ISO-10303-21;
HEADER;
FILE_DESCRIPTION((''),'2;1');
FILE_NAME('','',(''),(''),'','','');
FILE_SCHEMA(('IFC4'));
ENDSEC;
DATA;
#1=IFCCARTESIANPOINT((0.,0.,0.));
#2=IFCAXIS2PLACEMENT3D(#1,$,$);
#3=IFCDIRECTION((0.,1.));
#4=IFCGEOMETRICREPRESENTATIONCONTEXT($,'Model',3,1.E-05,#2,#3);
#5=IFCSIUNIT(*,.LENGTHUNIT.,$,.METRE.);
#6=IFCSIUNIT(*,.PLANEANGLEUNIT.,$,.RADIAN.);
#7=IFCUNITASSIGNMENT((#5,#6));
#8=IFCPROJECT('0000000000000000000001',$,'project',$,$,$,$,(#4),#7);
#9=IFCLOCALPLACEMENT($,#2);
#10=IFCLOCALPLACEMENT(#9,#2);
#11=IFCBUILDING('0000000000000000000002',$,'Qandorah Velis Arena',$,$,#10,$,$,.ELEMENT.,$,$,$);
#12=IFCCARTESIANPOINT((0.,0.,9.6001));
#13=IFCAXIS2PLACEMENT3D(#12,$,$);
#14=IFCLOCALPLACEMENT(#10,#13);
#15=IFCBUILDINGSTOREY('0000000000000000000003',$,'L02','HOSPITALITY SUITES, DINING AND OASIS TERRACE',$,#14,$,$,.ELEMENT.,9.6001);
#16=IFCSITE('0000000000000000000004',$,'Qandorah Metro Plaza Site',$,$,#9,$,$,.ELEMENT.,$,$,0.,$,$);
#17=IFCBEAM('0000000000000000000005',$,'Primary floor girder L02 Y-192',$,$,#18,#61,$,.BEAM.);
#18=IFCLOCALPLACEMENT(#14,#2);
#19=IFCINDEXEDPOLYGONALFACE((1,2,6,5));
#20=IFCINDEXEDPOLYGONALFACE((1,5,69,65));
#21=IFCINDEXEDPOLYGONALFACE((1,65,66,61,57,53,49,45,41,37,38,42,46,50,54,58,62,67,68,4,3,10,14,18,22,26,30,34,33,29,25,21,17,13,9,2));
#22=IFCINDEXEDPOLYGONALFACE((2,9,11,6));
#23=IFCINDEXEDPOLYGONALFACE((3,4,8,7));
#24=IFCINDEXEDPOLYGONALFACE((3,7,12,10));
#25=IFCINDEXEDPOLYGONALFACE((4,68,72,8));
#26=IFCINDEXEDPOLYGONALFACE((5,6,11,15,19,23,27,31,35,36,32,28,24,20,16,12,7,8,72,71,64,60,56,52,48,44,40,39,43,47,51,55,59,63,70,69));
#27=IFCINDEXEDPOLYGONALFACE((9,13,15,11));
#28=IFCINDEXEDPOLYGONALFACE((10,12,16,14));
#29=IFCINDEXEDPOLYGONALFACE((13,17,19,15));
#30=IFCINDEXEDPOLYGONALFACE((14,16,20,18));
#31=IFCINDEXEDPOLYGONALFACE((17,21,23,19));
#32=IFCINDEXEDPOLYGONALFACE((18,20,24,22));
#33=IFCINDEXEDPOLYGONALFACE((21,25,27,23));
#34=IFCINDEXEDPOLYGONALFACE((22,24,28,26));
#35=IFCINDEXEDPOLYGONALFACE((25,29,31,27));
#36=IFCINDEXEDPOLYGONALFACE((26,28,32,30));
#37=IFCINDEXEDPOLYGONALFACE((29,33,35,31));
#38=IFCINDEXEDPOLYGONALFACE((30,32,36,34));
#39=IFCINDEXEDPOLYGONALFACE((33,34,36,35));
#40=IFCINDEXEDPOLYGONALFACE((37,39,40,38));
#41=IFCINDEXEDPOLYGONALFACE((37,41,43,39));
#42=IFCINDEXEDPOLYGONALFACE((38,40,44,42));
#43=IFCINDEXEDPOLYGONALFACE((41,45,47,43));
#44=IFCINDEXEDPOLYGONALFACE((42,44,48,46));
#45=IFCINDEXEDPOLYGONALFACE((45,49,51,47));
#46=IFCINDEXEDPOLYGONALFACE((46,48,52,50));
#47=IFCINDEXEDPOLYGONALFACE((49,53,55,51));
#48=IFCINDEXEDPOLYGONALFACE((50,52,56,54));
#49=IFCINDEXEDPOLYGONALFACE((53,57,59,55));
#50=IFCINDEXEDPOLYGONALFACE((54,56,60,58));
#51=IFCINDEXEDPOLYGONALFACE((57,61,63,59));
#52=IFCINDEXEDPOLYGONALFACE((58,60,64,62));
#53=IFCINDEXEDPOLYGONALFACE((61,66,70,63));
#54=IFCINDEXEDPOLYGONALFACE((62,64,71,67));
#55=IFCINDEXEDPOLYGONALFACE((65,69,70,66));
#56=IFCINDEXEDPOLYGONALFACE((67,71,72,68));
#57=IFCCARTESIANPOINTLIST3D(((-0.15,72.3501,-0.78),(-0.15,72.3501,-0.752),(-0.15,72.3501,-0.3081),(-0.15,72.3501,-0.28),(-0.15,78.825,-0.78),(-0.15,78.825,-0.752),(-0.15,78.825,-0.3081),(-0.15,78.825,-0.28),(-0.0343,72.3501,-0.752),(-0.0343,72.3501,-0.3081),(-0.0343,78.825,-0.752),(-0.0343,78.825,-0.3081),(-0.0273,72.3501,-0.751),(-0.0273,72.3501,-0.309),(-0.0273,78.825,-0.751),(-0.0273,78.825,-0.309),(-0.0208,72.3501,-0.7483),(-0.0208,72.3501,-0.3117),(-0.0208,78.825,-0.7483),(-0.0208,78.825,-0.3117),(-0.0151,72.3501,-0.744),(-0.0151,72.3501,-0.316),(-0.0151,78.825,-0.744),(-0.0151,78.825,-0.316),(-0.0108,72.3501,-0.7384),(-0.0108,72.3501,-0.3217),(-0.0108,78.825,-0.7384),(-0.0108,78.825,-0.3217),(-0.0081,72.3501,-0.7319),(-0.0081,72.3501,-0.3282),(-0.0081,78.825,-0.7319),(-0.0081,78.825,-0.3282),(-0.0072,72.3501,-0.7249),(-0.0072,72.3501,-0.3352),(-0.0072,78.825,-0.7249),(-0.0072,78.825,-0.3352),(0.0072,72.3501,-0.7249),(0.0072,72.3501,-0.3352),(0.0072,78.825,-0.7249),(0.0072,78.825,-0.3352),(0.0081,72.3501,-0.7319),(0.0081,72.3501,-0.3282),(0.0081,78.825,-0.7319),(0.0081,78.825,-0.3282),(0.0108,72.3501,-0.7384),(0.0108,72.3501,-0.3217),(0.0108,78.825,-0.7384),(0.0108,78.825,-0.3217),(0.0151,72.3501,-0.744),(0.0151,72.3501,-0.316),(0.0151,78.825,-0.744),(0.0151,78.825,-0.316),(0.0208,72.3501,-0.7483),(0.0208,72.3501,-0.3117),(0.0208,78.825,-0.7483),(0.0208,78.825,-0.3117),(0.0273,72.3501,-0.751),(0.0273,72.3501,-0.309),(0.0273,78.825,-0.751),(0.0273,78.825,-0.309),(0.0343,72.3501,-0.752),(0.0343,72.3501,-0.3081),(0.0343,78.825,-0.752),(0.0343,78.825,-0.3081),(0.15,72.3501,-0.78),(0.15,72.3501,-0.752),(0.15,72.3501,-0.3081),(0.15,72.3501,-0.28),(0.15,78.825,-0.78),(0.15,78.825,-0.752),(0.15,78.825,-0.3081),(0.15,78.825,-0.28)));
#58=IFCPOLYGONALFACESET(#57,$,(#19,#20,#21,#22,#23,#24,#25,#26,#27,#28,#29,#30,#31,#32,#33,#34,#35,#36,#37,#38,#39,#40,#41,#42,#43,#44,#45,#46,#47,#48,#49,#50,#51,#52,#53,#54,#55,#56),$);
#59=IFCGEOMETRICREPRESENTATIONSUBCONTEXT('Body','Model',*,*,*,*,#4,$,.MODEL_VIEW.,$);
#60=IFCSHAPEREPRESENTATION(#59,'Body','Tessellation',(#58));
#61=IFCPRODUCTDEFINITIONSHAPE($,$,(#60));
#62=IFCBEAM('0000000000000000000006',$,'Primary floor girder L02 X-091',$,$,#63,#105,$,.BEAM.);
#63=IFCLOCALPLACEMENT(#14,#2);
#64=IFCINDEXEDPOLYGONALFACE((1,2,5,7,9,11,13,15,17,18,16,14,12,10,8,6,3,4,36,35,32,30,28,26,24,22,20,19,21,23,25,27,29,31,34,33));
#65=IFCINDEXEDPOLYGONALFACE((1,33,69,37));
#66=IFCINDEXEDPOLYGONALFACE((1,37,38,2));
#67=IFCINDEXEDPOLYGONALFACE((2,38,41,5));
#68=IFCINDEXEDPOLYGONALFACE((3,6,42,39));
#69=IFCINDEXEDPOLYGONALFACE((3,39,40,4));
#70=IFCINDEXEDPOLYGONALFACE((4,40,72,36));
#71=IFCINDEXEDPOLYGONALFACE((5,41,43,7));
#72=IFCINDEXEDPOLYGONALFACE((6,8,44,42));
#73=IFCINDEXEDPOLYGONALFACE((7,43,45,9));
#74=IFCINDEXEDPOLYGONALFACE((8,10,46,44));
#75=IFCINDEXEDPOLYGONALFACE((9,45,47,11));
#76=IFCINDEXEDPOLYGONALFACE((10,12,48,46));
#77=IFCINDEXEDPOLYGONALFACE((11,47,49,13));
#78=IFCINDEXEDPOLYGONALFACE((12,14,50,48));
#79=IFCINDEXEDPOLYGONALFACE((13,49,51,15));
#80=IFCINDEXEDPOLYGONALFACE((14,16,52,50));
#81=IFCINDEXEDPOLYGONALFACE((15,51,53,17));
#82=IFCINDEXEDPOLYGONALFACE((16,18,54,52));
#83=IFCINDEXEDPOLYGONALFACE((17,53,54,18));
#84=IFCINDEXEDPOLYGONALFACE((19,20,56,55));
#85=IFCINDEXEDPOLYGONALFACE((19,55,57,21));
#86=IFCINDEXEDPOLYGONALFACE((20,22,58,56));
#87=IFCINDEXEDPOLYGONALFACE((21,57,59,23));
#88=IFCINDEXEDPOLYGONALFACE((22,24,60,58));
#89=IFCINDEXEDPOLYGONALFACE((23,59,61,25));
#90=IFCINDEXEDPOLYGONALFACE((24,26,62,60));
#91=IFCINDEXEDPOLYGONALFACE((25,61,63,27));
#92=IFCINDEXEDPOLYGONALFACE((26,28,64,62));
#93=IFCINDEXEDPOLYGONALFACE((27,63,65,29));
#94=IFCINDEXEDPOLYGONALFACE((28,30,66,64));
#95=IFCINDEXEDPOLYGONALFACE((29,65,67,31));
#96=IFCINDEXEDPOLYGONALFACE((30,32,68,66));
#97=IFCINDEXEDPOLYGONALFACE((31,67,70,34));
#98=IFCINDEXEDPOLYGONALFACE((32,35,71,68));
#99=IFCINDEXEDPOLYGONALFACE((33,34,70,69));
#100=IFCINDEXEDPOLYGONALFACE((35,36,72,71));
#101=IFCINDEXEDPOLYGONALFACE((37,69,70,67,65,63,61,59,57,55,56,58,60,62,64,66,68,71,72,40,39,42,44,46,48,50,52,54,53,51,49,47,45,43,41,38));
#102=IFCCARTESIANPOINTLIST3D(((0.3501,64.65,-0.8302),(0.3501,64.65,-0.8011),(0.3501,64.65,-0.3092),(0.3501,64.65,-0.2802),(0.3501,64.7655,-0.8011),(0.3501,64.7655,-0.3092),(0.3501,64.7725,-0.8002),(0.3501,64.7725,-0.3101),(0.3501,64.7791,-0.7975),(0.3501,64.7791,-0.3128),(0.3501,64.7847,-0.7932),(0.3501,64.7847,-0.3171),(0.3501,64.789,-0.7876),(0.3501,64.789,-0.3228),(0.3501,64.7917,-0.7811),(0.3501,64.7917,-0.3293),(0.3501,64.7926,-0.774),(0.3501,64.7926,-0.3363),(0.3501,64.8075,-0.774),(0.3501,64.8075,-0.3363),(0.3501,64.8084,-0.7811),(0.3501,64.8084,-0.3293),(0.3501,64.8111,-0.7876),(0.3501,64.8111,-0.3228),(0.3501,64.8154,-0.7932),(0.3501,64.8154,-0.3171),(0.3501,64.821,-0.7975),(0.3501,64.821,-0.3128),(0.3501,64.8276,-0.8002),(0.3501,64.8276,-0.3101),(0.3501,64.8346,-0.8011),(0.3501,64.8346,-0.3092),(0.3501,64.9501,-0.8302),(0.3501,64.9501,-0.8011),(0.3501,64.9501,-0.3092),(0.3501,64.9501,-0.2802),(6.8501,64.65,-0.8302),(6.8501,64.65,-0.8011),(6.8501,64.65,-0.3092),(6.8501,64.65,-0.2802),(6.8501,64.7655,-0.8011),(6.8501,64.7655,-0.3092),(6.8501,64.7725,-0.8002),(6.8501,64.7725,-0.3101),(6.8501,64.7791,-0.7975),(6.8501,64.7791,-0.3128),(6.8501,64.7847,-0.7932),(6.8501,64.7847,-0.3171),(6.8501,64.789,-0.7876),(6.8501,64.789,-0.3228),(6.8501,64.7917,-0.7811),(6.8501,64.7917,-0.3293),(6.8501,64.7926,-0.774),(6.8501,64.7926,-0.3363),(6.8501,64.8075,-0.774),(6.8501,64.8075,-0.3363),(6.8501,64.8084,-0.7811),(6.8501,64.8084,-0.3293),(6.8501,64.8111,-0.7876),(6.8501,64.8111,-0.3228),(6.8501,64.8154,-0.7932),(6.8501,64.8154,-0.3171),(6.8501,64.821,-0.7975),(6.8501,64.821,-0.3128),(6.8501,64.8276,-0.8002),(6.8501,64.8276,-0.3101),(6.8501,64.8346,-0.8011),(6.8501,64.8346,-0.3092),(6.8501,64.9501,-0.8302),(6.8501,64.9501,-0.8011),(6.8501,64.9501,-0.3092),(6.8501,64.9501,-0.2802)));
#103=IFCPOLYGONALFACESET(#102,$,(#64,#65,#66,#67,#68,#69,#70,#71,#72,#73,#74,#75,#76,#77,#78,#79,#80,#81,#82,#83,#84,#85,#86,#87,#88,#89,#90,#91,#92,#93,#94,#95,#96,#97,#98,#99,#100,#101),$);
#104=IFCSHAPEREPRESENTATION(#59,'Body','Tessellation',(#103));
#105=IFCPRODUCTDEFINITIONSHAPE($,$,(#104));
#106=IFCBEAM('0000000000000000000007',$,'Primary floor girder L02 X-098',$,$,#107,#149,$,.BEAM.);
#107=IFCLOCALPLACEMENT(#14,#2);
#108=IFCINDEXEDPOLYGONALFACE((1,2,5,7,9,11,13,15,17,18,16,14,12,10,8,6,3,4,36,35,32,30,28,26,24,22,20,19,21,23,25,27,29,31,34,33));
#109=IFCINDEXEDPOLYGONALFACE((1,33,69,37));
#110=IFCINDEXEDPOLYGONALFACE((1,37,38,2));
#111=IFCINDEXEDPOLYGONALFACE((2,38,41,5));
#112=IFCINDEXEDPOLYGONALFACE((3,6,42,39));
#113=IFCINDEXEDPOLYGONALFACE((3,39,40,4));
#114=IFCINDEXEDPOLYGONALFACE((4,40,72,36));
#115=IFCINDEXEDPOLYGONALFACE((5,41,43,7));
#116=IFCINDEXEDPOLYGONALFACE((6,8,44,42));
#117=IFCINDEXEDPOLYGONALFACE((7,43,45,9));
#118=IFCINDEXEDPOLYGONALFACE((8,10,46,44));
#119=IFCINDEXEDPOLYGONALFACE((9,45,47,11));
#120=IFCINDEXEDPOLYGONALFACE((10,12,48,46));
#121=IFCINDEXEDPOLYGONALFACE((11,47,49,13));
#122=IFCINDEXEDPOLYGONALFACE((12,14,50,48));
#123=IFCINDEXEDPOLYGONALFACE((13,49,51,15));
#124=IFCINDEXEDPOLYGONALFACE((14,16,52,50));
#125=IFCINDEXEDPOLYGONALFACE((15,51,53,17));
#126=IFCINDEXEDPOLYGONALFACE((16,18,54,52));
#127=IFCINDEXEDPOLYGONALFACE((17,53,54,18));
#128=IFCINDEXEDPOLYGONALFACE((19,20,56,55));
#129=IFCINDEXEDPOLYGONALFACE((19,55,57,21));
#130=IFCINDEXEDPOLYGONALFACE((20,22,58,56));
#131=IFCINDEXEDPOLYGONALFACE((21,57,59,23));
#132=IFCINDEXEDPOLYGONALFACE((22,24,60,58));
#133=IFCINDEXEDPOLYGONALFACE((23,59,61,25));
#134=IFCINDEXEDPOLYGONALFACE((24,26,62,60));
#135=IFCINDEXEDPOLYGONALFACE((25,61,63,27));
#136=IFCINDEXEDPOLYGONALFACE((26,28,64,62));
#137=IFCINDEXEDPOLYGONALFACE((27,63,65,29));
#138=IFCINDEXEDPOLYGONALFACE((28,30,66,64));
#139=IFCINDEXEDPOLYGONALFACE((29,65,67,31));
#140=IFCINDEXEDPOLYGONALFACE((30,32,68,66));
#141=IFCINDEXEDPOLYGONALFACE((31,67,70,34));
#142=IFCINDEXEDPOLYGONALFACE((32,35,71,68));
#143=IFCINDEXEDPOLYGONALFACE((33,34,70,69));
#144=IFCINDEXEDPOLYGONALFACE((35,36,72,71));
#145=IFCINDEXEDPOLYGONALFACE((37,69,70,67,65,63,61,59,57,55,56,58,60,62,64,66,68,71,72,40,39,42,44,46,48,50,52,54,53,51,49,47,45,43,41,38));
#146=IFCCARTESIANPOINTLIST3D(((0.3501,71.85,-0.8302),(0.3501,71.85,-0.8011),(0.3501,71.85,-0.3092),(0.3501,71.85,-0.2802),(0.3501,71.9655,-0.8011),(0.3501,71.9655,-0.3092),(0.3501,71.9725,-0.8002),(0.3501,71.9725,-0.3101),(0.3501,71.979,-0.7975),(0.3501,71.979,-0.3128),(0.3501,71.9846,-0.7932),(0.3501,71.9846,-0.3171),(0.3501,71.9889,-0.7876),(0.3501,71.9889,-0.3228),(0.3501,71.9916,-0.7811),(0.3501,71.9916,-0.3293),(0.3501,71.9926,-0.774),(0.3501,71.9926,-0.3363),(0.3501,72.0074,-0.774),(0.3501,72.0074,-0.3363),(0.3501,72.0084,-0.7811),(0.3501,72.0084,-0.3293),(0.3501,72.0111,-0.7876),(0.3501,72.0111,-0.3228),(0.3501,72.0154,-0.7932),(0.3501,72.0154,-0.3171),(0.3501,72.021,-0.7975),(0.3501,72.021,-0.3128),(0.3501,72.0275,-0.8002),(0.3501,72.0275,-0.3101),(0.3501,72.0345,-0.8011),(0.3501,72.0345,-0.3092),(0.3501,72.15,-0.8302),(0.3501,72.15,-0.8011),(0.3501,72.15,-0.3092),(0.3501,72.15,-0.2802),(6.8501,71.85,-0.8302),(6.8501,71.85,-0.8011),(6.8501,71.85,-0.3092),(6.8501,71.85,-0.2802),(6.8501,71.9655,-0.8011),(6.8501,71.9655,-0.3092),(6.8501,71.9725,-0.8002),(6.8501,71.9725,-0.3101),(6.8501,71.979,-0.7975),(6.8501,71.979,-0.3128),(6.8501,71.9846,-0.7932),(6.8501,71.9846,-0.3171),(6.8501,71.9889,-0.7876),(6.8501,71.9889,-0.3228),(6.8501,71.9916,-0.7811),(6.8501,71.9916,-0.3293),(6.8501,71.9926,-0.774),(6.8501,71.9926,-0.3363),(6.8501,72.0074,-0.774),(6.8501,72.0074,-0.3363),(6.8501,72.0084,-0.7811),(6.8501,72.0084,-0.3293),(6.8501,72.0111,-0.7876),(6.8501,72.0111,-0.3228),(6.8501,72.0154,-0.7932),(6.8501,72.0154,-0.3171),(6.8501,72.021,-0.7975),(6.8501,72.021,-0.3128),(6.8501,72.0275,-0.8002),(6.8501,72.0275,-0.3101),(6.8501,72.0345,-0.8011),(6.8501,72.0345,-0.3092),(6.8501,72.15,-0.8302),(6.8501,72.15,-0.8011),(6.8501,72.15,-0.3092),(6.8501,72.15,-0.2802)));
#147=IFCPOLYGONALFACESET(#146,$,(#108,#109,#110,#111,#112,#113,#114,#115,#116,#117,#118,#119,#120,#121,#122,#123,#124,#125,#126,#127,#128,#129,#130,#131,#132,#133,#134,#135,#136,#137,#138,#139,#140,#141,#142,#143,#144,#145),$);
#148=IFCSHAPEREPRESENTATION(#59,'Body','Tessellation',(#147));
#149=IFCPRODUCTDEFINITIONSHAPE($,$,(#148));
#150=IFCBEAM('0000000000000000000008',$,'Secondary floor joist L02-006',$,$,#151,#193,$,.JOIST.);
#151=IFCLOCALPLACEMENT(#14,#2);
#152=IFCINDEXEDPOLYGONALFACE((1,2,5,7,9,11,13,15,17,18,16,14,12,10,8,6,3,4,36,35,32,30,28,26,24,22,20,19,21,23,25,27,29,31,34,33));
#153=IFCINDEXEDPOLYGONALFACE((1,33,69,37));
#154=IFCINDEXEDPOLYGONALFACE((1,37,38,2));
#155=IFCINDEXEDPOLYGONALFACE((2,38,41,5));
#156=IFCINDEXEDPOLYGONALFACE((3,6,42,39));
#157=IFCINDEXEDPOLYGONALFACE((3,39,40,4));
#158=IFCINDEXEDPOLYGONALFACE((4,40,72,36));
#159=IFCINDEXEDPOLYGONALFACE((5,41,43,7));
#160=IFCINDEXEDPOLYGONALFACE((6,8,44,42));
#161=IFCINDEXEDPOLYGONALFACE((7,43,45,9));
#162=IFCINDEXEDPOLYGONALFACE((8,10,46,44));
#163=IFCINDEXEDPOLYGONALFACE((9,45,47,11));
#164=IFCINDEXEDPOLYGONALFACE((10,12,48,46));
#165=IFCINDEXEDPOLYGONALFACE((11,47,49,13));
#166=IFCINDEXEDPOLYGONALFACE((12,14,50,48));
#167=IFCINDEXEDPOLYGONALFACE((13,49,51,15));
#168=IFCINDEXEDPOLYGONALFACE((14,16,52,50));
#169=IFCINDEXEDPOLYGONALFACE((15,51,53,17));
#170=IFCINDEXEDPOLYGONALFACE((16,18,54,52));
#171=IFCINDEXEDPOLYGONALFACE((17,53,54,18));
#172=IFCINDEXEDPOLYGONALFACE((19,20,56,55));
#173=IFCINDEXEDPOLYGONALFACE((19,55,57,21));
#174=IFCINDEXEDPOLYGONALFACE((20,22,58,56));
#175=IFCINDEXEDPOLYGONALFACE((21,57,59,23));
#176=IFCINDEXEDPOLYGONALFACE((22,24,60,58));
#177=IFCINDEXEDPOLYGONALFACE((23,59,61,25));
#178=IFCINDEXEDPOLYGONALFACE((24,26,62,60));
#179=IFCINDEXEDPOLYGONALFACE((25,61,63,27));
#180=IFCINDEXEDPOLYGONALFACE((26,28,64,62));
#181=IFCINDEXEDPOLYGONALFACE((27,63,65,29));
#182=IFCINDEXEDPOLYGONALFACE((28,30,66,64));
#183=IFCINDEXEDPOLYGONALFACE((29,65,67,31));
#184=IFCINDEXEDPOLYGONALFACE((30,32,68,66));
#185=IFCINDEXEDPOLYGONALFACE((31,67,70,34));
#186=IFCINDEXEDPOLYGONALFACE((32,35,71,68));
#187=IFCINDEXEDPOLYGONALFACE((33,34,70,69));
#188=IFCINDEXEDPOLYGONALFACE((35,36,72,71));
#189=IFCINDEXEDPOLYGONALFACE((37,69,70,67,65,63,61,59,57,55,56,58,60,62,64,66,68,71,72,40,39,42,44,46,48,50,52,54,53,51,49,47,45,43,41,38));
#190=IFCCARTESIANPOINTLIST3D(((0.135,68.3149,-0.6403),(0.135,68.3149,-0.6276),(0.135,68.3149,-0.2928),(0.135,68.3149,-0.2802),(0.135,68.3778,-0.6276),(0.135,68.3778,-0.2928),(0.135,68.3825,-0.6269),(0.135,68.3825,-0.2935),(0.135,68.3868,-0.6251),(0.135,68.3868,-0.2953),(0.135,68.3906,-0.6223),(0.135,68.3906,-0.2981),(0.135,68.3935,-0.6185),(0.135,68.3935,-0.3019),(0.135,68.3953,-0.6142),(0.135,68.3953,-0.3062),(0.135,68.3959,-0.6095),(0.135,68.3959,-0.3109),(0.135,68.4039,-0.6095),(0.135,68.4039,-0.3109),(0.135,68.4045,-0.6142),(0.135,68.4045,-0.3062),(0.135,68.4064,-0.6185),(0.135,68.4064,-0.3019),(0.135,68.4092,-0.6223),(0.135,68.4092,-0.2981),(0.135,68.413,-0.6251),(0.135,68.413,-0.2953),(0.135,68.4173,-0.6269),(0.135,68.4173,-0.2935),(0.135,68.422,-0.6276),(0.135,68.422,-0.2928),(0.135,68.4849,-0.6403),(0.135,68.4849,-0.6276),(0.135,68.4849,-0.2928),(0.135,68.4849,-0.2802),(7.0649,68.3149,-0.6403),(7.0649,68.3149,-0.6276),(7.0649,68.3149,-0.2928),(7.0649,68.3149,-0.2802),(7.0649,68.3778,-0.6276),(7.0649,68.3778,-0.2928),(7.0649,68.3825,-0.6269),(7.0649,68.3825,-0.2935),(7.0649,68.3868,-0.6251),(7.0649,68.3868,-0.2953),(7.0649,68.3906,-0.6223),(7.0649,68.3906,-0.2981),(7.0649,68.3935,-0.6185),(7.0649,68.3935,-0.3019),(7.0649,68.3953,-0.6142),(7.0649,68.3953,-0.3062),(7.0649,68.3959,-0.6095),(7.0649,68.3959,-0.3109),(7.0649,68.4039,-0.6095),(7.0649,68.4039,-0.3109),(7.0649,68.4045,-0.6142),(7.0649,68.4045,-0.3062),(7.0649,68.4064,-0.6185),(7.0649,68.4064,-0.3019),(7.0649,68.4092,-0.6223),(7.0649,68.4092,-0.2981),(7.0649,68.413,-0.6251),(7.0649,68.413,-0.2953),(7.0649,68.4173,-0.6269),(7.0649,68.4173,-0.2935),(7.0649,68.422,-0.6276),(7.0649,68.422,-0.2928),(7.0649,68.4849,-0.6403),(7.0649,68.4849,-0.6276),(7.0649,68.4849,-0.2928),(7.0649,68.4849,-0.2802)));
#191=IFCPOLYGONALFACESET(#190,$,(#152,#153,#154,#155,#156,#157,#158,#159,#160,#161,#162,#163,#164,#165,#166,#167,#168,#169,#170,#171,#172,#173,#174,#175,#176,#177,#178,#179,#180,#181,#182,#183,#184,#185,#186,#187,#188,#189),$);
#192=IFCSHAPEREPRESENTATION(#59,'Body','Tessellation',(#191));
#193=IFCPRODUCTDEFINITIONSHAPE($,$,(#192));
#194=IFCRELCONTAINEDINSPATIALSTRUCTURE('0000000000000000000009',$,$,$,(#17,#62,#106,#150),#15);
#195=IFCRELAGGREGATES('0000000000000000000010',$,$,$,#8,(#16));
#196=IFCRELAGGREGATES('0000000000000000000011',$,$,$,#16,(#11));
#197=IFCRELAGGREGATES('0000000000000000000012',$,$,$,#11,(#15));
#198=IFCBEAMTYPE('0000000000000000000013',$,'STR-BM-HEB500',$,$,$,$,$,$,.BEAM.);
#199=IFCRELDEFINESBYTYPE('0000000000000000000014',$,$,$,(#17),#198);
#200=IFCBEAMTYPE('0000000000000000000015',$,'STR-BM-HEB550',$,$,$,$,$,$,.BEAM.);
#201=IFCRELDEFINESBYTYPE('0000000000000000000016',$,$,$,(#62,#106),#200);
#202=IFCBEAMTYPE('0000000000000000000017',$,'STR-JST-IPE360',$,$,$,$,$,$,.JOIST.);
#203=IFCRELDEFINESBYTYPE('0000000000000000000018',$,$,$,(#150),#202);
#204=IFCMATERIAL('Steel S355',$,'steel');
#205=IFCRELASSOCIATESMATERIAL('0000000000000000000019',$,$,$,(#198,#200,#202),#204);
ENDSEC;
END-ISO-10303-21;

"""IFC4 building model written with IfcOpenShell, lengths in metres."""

from ifc_helpers import new_model, si_unit, direction, frame, origin, origin_2d, place, context, subcontext, project, spatial, i_section, extrude, material, material_profile, profile_set, type_object, element, save


model = new_model("IFC4")

# Units and contexts
model_context = context("Model", 3, precision=1e-05, world=origin(), true_north=direction((0.0, 1.0)))
body_context = subcontext(model_context, "Body", "Model", "MODEL_VIEW")
ifc_project = project(units=[si_unit("LENGTHUNIT", "METRE"), si_unit("PLANEANGLEUNIT", "RADIAN")], contexts=[model_context])

# Site, building, storey
site_placement = place(None, origin())
site = spatial("IfcSite", under=ifc_project, at=site_placement, Name="Qandorah Metro Plaza Site", CompositionType="ELEMENT", RefElevation=0.0)
building_placement = place(site_placement, origin())
building = spatial("IfcBuilding", under=site, at=building_placement, Name="Qandorah Velis Arena", CompositionType="ELEMENT")
storey_placement = place(building_placement, frame((0.0, 0.0, 9.6001)))
storey = spatial("IfcBuildingStorey", under=building, at=storey_placement, Name="L02", Description="HOSPITALITY SUITES, DINING AND OASIS TERRACE", CompositionType="ELEMENT", Elevation=9.6001)

# Shared definitions
ifc_material_1 = material(Name="Steel S355", Category="steel")

# Beams
ifc_material_profile_1 = material_profile(ifc_material_1, i_section(OverallWidth=0.3, OverallDepth=0.5, WebThickness=0.0144, FlangeThickness=0.0281, FilletRadius=0.0271, at=origin_2d()), Name="HEB 500")
ifc_profile_set_1 = profile_set([ifc_material_profile_1], Name="Steel S355")
beam_type_1 = type_object("IfcBeamType", Name="STR-BM-HEB500", PredefinedType="BEAM", material=ifc_profile_set_1)
beam_1_placement = place(storey_placement, frame((0.0, 72.3501, -0.53), z_axis=(0.0, 1.0, 0.0), x_axis=(-1.0, 0.0, 0.0)))
element("IfcBeam", 1, at=beam_1_placement, inside=storey, type_object=beam_type_1, Name="Primary floor girder L02 Y-192", PredefinedType="BEAM", context=body_context, shape_type="SweptSolid", body=[
    extrude(i_section(OverallWidth=0.3, OverallDepth=0.5, WebThickness=0.0144, FlangeThickness=0.0281, FilletRadius=0.0271, at=origin_2d()), origin(), (0.0, 0.0, 1.0), 6.4749),
])
ifc_material_profile_2 = material_profile(ifc_material_1, i_section(OverallWidth=0.3, OverallDepth=0.55, WebThickness=0.0149, FlangeThickness=0.0291, FilletRadius=0.0271, at=origin_2d()), Name="HEB 550")
ifc_profile_set_2 = profile_set([ifc_material_profile_2], Name="Steel S355")
beam_type_2 = type_object("IfcBeamType", Name="STR-BM-HEB550", PredefinedType="BEAM", material=ifc_profile_set_2)
for number, where, z_axis, x_axis, name in (
    (2, (0.3501, 64.8, -0.5552), (1.0, 0.0, 0.0), (0.0, 1.0, 0.0), "Primary floor girder L02 X-091"),
    (3, (0.3501, 72.0, -0.5552), (1.0, 0.0, 0.0), (0.0, 1.0, 0.0), "Primary floor girder L02 X-098"),
):
    element("IfcBeam", number, at=place(storey_placement, frame(where, z_axis=z_axis, x_axis=x_axis)), inside=storey, type_object=beam_type_2, Name=name, PredefinedType="BEAM", context=body_context, shape_type="SweptSolid", body=[
        extrude(i_section(OverallWidth=0.3, OverallDepth=0.55, WebThickness=0.0149, FlangeThickness=0.0291, FilletRadius=0.0271, at=origin_2d()), origin(), (0.0, 0.0, 1.0), 6.5),
    ])
ifc_material_profile_3 = material_profile(ifc_material_1, i_section(OverallWidth=0.1699, OverallDepth=0.3601, WebThickness=0.0081, FlangeThickness=0.0127, FilletRadius=0.0181, at=origin_2d()), Name="IPE 360")
ifc_profile_set_3 = profile_set([ifc_material_profile_3], Name="Steel S355")
beam_type_3 = type_object("IfcBeamType", Name="STR-JST-IPE360", PredefinedType="JOIST", material=ifc_profile_set_3)
beam_2_placement = place(storey_placement, frame((0.135, 68.3999, -0.4602), z_axis=(1.0, 0.0, 0.0), x_axis=(0.0, 1.0, 0.0)))
element("IfcBeam", 4, at=beam_2_placement, inside=storey, type_object=beam_type_3, Name="Secondary floor joist L02-006", PredefinedType="JOIST", context=body_context, shape_type="SweptSolid", body=[
    extrude(i_section(OverallWidth=0.1699, OverallDepth=0.3601, WebThickness=0.0081, FlangeThickness=0.0127, FilletRadius=0.0181, at=origin_2d()), origin(), (0.0, 0.0, 1.0), 6.9299),
])

save(model, "model.ifc")
